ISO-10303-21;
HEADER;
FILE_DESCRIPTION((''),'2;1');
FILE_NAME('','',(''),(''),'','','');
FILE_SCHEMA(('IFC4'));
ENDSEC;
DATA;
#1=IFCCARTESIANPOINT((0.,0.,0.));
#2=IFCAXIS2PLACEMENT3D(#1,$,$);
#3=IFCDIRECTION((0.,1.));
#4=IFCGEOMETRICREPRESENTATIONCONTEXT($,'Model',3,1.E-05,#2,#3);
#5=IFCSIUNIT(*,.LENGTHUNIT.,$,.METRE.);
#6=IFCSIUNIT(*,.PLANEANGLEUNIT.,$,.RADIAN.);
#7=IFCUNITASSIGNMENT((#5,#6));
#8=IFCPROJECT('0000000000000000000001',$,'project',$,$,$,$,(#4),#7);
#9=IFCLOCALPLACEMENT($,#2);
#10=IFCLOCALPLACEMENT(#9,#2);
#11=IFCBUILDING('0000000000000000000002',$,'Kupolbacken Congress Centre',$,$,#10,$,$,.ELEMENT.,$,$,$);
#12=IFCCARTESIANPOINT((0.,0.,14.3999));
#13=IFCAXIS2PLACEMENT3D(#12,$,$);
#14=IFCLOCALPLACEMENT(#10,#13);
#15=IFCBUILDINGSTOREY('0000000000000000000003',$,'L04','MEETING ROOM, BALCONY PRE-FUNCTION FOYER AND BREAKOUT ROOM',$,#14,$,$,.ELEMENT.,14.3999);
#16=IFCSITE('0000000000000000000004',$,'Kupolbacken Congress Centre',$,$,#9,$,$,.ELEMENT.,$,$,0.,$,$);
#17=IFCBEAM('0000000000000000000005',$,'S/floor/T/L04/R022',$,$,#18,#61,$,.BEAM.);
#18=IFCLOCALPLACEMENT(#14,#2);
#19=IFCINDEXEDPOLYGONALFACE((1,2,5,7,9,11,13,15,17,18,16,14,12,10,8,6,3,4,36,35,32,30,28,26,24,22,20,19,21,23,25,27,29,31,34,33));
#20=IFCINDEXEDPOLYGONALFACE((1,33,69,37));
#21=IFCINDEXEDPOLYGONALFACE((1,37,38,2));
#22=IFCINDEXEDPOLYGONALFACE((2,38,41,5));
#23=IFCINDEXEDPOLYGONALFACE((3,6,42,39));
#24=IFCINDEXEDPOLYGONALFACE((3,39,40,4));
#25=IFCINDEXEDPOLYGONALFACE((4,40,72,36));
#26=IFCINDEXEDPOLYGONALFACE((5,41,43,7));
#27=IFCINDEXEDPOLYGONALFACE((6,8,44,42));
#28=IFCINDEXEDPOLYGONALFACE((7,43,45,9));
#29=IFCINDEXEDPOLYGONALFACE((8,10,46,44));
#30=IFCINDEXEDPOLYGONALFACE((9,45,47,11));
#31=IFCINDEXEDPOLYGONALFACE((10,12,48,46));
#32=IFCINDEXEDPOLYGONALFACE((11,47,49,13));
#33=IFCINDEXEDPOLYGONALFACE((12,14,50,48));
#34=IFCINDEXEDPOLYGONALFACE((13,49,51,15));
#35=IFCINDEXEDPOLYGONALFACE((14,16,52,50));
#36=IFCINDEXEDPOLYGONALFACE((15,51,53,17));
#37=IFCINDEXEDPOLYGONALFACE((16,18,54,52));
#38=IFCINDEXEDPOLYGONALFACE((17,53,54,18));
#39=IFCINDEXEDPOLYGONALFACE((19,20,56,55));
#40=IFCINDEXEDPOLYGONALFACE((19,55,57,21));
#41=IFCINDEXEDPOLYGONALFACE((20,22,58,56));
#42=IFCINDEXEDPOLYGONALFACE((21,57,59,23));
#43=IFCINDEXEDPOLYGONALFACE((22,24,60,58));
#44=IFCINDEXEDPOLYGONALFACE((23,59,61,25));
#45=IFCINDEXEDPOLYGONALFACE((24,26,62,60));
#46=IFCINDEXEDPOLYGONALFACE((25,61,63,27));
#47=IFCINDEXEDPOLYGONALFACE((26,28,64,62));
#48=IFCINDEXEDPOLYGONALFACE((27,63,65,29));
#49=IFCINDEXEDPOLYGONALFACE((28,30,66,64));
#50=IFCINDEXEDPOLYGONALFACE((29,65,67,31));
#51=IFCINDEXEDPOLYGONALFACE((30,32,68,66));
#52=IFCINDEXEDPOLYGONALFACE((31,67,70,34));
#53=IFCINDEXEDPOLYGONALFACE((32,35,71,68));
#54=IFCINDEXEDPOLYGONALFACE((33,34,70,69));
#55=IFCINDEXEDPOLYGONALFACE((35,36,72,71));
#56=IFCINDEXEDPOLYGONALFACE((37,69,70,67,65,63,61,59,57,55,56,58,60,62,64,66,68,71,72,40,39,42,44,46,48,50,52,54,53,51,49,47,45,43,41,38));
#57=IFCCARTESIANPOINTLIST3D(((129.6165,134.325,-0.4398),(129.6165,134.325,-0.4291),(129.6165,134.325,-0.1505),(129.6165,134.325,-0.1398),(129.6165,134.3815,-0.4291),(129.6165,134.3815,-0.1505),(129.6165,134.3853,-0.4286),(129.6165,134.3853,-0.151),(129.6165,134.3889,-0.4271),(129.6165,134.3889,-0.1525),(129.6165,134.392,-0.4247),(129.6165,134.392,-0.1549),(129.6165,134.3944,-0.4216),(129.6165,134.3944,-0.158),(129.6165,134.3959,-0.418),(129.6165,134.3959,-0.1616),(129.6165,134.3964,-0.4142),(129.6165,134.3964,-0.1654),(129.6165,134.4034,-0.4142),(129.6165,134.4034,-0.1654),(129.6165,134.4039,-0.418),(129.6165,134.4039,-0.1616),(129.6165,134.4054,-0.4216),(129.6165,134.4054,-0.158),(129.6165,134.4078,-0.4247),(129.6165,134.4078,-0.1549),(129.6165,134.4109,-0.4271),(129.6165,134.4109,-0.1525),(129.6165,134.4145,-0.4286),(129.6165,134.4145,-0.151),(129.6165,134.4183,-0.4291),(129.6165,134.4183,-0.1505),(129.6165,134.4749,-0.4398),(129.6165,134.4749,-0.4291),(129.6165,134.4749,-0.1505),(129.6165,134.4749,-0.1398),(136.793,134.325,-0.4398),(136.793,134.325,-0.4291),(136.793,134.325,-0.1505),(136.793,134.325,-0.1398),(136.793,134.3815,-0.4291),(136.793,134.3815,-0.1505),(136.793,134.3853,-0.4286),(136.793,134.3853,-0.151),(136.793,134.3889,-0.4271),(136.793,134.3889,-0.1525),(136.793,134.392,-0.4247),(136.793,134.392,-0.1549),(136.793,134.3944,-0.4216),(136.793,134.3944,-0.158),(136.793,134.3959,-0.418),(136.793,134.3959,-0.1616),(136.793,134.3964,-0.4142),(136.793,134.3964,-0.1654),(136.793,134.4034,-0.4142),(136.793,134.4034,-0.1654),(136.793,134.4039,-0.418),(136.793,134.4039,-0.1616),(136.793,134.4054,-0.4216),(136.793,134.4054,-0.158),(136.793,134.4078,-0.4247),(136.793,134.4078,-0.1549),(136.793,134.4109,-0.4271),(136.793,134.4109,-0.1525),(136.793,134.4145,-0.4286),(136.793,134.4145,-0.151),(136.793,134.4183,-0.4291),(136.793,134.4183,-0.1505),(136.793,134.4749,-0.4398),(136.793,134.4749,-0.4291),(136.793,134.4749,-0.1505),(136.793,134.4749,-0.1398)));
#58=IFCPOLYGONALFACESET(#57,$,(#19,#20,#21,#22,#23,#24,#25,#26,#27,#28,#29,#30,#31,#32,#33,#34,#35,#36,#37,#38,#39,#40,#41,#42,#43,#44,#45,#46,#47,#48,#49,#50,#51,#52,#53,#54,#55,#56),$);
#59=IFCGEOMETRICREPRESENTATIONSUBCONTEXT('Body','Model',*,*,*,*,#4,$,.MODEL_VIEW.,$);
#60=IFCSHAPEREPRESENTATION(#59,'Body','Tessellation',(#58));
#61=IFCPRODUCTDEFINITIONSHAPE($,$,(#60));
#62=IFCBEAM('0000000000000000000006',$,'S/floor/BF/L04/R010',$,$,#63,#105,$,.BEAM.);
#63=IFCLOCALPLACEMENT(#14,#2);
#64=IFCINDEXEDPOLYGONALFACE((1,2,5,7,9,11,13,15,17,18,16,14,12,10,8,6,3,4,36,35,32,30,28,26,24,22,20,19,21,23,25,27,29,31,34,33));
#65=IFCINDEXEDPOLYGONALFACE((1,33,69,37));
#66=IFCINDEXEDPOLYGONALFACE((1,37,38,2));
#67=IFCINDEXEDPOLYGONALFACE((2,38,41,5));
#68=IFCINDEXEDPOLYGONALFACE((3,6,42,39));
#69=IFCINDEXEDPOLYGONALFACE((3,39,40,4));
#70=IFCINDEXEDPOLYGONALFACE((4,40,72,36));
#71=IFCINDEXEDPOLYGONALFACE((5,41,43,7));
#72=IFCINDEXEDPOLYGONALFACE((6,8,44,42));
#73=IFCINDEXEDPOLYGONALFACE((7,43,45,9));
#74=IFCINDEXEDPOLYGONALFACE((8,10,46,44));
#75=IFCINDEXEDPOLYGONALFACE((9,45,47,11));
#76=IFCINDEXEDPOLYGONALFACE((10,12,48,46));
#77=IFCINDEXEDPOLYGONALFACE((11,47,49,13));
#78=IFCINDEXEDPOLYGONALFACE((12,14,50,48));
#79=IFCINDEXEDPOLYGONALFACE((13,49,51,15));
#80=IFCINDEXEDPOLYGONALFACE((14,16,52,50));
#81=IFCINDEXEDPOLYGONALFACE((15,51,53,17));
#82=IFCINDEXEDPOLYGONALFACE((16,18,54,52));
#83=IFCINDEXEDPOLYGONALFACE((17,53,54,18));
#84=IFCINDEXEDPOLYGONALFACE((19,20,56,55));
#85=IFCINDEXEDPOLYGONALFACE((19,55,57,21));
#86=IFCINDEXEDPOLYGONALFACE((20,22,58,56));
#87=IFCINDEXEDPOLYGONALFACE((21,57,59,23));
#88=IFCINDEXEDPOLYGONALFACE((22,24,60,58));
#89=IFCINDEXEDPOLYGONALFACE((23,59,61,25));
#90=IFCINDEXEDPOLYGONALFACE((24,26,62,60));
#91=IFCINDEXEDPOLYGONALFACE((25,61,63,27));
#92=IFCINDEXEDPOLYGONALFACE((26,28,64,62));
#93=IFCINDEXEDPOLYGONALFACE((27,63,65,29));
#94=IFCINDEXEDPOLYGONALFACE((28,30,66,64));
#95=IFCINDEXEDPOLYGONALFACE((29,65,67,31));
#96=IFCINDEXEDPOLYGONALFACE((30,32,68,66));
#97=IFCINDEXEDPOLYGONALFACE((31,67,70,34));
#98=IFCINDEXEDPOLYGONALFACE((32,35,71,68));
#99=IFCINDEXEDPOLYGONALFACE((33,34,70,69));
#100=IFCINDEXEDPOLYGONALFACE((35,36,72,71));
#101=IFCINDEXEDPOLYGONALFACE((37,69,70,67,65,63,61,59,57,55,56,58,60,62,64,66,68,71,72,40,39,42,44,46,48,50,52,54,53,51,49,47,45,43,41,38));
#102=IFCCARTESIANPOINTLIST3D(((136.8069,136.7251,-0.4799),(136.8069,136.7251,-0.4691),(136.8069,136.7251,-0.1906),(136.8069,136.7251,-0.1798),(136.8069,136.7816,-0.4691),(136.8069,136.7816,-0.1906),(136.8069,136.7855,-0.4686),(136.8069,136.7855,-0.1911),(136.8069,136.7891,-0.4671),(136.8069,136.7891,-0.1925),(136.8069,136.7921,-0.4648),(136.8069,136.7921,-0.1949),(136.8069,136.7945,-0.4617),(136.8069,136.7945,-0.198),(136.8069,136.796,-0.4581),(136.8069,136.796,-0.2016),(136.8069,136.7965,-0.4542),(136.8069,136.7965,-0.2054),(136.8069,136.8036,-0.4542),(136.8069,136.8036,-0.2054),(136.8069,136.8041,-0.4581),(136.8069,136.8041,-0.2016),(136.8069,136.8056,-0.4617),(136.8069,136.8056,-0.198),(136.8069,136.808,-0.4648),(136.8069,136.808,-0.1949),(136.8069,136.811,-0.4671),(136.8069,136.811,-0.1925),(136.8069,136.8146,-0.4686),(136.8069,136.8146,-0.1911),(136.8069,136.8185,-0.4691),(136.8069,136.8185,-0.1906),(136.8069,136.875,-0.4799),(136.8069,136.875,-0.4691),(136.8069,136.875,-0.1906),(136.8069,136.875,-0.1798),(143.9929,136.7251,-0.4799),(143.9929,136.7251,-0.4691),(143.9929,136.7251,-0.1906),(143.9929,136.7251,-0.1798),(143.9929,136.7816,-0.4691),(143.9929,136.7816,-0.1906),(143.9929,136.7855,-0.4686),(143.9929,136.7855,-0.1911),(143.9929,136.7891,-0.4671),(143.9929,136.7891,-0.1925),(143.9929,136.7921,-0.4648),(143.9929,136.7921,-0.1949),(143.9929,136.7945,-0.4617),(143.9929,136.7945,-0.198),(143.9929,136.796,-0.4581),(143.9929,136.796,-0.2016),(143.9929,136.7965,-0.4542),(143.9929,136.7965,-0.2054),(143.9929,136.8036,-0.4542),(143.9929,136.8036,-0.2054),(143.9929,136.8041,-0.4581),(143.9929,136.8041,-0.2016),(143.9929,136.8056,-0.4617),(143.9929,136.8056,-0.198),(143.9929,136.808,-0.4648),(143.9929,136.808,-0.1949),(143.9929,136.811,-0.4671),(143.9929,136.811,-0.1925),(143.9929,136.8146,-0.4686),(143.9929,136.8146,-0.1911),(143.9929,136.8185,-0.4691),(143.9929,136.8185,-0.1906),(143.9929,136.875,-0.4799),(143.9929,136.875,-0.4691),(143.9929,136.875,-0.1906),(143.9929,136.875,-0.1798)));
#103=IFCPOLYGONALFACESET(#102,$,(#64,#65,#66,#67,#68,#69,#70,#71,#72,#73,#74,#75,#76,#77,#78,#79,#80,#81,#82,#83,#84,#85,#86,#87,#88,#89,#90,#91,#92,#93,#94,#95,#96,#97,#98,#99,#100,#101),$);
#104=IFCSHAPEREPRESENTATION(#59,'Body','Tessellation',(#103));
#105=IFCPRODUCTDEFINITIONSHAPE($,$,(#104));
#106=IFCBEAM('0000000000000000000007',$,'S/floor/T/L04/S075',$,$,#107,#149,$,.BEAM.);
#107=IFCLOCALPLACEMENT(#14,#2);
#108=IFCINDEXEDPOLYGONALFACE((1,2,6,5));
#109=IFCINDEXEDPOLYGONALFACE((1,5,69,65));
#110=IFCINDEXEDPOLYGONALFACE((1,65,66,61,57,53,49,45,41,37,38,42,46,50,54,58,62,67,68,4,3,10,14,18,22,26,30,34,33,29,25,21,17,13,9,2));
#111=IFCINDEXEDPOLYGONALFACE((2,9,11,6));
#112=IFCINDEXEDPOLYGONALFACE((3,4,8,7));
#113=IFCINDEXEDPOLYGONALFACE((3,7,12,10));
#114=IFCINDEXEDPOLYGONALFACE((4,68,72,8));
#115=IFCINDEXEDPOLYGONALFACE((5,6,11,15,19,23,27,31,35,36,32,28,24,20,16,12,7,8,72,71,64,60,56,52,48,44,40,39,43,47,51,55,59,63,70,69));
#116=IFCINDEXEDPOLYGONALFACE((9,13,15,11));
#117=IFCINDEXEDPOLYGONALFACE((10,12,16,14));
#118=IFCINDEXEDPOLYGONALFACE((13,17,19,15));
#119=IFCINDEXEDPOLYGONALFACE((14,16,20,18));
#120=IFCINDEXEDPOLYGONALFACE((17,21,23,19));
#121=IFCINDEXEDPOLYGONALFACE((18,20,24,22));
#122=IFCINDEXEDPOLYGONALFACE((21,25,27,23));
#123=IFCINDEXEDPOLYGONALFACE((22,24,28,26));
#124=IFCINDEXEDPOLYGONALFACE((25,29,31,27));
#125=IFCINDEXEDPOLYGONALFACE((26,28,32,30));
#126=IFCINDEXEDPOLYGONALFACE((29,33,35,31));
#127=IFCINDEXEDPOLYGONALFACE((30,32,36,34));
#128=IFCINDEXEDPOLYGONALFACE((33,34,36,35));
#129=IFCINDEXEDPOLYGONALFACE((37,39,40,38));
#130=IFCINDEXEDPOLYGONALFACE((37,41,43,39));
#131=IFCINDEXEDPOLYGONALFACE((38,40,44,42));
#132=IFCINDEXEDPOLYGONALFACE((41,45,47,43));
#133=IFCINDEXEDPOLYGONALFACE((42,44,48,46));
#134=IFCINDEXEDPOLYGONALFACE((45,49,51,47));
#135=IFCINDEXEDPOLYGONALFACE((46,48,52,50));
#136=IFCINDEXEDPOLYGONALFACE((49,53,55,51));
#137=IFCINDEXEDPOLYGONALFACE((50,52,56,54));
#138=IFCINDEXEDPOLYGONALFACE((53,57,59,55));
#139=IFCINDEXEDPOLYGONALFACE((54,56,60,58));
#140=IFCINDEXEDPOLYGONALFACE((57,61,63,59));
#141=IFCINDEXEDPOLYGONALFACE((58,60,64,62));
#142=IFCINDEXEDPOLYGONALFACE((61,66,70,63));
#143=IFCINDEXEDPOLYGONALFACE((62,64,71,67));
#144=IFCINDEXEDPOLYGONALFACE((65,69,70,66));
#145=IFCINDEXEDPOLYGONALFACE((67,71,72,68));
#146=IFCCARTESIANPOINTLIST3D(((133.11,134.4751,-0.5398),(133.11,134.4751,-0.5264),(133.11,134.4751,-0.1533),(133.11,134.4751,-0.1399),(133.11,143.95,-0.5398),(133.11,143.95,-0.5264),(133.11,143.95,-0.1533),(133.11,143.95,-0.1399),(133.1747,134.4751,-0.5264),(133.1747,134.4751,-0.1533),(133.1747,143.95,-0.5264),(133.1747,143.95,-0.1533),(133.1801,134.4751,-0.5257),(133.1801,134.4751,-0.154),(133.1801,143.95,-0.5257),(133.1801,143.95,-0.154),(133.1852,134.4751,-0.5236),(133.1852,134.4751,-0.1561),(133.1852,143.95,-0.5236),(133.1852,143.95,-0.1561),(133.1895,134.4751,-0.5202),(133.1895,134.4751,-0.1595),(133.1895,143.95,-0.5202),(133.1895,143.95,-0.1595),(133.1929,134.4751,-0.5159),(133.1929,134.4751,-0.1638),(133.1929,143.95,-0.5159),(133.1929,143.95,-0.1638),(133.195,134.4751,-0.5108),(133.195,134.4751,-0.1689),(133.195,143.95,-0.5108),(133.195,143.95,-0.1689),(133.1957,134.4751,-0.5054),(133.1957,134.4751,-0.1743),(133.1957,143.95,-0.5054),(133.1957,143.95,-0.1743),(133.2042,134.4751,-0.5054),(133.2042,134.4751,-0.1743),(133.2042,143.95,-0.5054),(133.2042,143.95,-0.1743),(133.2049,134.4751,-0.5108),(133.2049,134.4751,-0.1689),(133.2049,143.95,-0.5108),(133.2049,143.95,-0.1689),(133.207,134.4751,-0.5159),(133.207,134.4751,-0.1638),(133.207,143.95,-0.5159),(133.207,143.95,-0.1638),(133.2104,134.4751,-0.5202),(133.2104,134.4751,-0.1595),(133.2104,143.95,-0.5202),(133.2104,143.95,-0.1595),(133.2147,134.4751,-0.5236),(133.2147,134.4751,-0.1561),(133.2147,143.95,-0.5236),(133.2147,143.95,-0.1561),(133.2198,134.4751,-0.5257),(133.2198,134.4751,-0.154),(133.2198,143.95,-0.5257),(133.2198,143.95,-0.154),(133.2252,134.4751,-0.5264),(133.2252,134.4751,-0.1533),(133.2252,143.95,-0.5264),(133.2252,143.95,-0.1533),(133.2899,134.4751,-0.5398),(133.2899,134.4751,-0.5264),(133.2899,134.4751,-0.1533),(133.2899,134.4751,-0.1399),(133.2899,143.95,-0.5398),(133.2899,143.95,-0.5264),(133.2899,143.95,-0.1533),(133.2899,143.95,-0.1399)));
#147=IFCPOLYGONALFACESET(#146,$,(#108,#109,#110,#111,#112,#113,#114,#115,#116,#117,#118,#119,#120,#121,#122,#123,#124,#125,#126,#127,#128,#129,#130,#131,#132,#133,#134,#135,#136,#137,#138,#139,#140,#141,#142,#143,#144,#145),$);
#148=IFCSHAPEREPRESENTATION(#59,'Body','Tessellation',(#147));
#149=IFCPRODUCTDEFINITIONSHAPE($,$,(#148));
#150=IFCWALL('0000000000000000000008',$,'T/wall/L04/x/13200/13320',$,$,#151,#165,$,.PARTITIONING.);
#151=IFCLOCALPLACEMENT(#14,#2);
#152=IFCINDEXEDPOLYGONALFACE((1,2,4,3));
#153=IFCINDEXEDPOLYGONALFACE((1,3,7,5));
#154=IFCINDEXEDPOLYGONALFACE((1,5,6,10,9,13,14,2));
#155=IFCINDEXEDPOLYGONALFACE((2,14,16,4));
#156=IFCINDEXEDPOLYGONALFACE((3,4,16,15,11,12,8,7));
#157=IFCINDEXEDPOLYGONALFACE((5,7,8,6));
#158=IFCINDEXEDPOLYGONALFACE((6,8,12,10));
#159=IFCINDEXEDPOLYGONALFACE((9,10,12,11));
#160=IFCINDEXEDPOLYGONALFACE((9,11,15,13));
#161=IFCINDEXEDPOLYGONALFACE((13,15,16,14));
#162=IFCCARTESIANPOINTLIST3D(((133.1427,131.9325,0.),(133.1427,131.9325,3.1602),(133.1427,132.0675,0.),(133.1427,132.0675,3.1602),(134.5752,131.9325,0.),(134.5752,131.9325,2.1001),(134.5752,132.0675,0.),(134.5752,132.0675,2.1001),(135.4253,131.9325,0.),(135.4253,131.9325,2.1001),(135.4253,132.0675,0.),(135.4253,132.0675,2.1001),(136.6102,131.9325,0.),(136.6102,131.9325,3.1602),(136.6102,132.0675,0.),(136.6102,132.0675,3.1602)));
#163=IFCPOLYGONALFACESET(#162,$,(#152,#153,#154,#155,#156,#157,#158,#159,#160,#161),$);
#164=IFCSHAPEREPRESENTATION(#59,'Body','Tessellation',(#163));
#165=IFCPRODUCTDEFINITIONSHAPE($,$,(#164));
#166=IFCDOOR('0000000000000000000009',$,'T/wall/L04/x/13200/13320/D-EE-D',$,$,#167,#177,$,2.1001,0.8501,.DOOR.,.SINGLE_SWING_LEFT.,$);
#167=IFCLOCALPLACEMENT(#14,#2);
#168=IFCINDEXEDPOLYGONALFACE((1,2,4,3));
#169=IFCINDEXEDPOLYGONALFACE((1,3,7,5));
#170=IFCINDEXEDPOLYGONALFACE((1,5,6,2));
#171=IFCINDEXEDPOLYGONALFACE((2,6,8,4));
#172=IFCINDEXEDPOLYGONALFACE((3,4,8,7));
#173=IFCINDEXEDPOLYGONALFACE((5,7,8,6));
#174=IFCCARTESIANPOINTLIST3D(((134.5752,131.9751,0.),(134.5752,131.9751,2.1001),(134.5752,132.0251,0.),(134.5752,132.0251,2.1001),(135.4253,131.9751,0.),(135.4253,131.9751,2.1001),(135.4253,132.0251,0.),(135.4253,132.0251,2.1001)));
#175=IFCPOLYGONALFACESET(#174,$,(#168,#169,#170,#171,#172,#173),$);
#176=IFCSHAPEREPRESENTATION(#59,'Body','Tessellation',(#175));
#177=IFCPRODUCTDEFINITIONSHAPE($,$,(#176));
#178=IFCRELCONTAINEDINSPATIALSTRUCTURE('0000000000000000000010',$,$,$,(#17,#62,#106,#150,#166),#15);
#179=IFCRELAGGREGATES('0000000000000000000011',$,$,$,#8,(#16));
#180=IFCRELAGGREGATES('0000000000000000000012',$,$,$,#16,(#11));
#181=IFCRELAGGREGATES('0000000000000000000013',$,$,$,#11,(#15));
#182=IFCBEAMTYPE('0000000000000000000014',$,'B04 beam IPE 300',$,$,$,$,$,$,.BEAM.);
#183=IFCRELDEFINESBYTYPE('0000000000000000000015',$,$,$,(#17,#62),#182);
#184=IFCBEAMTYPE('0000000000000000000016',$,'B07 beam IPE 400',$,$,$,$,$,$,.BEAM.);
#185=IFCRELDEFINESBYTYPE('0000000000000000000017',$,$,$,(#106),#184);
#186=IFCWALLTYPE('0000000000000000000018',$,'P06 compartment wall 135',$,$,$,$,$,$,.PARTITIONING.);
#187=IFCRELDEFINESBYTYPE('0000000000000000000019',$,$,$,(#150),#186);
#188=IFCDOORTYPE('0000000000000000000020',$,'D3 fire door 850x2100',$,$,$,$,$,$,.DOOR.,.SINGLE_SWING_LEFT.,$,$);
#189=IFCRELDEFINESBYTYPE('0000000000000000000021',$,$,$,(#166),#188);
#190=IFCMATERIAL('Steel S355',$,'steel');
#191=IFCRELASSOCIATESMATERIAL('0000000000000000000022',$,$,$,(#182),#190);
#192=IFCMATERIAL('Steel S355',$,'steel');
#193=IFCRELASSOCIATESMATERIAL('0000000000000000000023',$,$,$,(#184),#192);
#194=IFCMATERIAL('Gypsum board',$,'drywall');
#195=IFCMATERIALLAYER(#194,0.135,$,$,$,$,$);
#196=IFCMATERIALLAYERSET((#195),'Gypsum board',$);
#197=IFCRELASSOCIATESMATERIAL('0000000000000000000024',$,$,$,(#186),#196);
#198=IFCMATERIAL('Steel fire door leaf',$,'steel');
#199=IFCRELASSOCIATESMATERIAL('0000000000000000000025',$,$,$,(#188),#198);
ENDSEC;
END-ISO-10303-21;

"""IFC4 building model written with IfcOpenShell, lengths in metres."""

from ifc_helpers import new_model, si_unit, direction, frame, frame_2d, origin, origin_2d, place, context, subcontext, project, spatial, rectangle, i_section, extrude, material, layer, layer_set, material_profile, profile_set, type_object, element, fill, save


model = new_model("IFC4")

# Units and contexts
model_context = context("Model", 3, precision=1e-05, world=origin(), true_north=direction((0.0, 1.0)))
body_context = subcontext(model_context, "Body", "Model", "MODEL_VIEW")
ifc_project = project(units=[si_unit("LENGTHUNIT", "METRE"), si_unit("PLANEANGLEUNIT", "RADIAN")], contexts=[model_context])

# Site, building, storey
site_placement = place(None, origin())
site = spatial("IfcSite", under=ifc_project, at=site_placement, Name="Kupolbacken Congress Centre", CompositionType="ELEMENT", RefElevation=0.0)
building_placement = place(site_placement, origin())
building = spatial("IfcBuilding", under=site, at=building_placement, Name="Kupolbacken Congress Centre", CompositionType="ELEMENT")
storey_placement = place(building_placement, frame((0.0, 0.0, 14.3999)))
storey = spatial("IfcBuildingStorey", under=building, at=storey_placement, Name="L04", Description="MEETING ROOM, BALCONY PRE-FUNCTION FOYER AND BREAKOUT ROOM", CompositionType="ELEMENT", Elevation=14.3999)

# Beams
ifc_material_1 = material(Name="Steel S355", Category="steel")
ifc_material_profile_1 = material_profile(ifc_material_1, i_section(OverallWidth=0.1499, OverallDepth=0.3, WebThickness=0.0071, FlangeThickness=0.0107, FilletRadius=0.0149, at=origin_2d()), Name="IPE 300")
ifc_profile_set_1 = profile_set([ifc_material_profile_1], Name="Steel S355")
beam_type_1 = type_object("IfcBeamType", Name="B04 beam IPE 300", PredefinedType="BEAM", material=ifc_profile_set_1)
for number, where, z_axis, x_axis, name in (
    (1, (129.6165, 134.3999, -0.2898), (1.0, 0.0, 0.0), (0.0, 1.0, 0.0), "S/floor/T/L04/R022"),
):
    element("IfcBeam", number, at=place(storey_placement, frame(where, z_axis=z_axis, x_axis=x_axis)), inside=storey, type_object=beam_type_1, Name=name, PredefinedType="BEAM", context=body_context, shape_type="SweptSolid", body=[
        extrude(i_section(OverallWidth=0.1499, OverallDepth=0.3, WebThickness=0.0071, FlangeThickness=0.0107, FilletRadius=0.0149, at=origin_2d()), origin(), (0.0, 0.0, 1.0), 7.1765),
    ])
beam_1_placement = place(storey_placement, frame((136.8069, 136.8, -0.3298), z_axis=(1.0, 0.0, 0.0), x_axis=(0.0, 1.0, 0.0)))
element("IfcBeam", 2, at=beam_1_placement, inside=storey, type_object=beam_type_1, Name="S/floor/BF/L04/R010", PredefinedType="BEAM", context=body_context, shape_type="SweptSolid", body=[
    extrude(i_section(OverallWidth=0.1499, OverallDepth=0.3, WebThickness=0.0071, FlangeThickness=0.0107, FilletRadius=0.0149, at=origin_2d()), origin(), (0.0, 0.0, 1.0), 7.186),
])
ifc_material_2 = material(Name="Steel S355", Category="steel")
ifc_material_profile_2 = material_profile(ifc_material_2, i_section(OverallWidth=0.1799, OverallDepth=0.3999, WebThickness=0.0085, FlangeThickness=0.0134, FilletRadius=0.021, at=origin_2d()), Name="IPE 400")
ifc_profile_set_2 = profile_set([ifc_material_profile_2], Name="Steel S355")
beam_type_2 = type_object("IfcBeamType", Name="B07 beam IPE 400", PredefinedType="BEAM", material=ifc_profile_set_2)
beam_2_placement = place(storey_placement, frame((133.2, 134.4751, -0.3398), z_axis=(0.0, 1.0, 0.0), x_axis=(-1.0, 0.0, 0.0)))
element("IfcBeam", 3, at=beam_2_placement, inside=storey, type_object=beam_type_2, Name="S/floor/T/L04/S075", PredefinedType="BEAM", context=body_context, shape_type="SweptSolid", body=[
    extrude(i_section(OverallWidth=0.1799, OverallDepth=0.3999, WebThickness=0.0085, FlangeThickness=0.0134, FilletRadius=0.021, at=origin_2d()), origin(), (0.0, 0.0, 1.0), 9.4749),
])

# Wall, opening, door
ifc_material_3 = material(Name="Gypsum board", Category="drywall")
ifc_layer_1 = layer(ifc_material_3, 0.135)
ifc_layer_set_1 = layer_set([ifc_layer_1], Name="Gypsum board")
wall_type_1 = type_object("IfcWallType", Name="P06 compartment wall 135", PredefinedType="PARTITIONING", material=ifc_layer_set_1)
wall_1_placement = place(storey_placement, frame((133.1426, 132.0, 0.0), z_axis=(0.0, 0.0, 1.0), x_axis=(1.0, 0.0, 0.0)))
wall_1 = element("IfcWall", 4, at=wall_1_placement, inside=storey, type_object=wall_type_1, Name="T/wall/L04/x/13200/13320", PredefinedType="PARTITIONING", context=body_context, shape_type="SweptSolid", body=[
    extrude(rectangle(XDim=3.4675, YDim=0.135, at=frame_2d((1.7339, 0.0))), origin(), (0.0, 0.0, 1.0), 3.1602),
])
opening_1_placement = place(wall_1_placement, frame((1.4326, 0.0, 0.0)))
opening_1 = element("IfcOpeningElement", 5, at=opening_1_placement, cuts=wall_1, PredefinedType="OPENING", context=body_context, shape_type="SweptSolid", body=[
    extrude(rectangle(XDim=0.8501, YDim=2.1001, at=frame_2d((0.425, 1.05))), frame((0.0, 0.0774, 0.0), z_axis=(0.0, -1.0, 0.0), x_axis=(1.0, 0.0, 0.0)), (0.0, 0.0, 1.0), 0.155),
])
ifc_material_4 = material(Name="Steel fire door leaf", Category="steel")
door_type_1 = type_object("IfcDoorType", Name="D3 fire door 850x2100", OperationType="SINGLE_SWING_LEFT", PredefinedType="DOOR", material=ifc_material_4)
door_1_placement = place(opening_1_placement, frame((0.8501, 0.0, 0.0), z_axis=(0.0, 0.0, 1.0), x_axis=(-1.0, 0.0, 0.0)))
door_1 = element("IfcDoor", 6, at=door_1_placement, inside=storey, type_object=door_type_1, Name="T/wall/L04/x/13200/13320/D-EE-D", OperationType="SINGLE_SWING_LEFT", OverallHeight=2.1001, OverallWidth=0.8501, PredefinedType="DOOR", context=body_context, shape_type="SweptSolid", body=[
    extrude(rectangle(XDim=0.8501, YDim=2.1001, at=frame_2d((0.425, 1.05))), frame((0.0, 0.0249, 0.0), z_axis=(0.0, -1.0, 0.0), x_axis=(1.0, 0.0, 0.0)), (0.0, 0.0, 1.0), 0.05),
])
fill(opening_1, door_1)

save(model, "model.ifc")
